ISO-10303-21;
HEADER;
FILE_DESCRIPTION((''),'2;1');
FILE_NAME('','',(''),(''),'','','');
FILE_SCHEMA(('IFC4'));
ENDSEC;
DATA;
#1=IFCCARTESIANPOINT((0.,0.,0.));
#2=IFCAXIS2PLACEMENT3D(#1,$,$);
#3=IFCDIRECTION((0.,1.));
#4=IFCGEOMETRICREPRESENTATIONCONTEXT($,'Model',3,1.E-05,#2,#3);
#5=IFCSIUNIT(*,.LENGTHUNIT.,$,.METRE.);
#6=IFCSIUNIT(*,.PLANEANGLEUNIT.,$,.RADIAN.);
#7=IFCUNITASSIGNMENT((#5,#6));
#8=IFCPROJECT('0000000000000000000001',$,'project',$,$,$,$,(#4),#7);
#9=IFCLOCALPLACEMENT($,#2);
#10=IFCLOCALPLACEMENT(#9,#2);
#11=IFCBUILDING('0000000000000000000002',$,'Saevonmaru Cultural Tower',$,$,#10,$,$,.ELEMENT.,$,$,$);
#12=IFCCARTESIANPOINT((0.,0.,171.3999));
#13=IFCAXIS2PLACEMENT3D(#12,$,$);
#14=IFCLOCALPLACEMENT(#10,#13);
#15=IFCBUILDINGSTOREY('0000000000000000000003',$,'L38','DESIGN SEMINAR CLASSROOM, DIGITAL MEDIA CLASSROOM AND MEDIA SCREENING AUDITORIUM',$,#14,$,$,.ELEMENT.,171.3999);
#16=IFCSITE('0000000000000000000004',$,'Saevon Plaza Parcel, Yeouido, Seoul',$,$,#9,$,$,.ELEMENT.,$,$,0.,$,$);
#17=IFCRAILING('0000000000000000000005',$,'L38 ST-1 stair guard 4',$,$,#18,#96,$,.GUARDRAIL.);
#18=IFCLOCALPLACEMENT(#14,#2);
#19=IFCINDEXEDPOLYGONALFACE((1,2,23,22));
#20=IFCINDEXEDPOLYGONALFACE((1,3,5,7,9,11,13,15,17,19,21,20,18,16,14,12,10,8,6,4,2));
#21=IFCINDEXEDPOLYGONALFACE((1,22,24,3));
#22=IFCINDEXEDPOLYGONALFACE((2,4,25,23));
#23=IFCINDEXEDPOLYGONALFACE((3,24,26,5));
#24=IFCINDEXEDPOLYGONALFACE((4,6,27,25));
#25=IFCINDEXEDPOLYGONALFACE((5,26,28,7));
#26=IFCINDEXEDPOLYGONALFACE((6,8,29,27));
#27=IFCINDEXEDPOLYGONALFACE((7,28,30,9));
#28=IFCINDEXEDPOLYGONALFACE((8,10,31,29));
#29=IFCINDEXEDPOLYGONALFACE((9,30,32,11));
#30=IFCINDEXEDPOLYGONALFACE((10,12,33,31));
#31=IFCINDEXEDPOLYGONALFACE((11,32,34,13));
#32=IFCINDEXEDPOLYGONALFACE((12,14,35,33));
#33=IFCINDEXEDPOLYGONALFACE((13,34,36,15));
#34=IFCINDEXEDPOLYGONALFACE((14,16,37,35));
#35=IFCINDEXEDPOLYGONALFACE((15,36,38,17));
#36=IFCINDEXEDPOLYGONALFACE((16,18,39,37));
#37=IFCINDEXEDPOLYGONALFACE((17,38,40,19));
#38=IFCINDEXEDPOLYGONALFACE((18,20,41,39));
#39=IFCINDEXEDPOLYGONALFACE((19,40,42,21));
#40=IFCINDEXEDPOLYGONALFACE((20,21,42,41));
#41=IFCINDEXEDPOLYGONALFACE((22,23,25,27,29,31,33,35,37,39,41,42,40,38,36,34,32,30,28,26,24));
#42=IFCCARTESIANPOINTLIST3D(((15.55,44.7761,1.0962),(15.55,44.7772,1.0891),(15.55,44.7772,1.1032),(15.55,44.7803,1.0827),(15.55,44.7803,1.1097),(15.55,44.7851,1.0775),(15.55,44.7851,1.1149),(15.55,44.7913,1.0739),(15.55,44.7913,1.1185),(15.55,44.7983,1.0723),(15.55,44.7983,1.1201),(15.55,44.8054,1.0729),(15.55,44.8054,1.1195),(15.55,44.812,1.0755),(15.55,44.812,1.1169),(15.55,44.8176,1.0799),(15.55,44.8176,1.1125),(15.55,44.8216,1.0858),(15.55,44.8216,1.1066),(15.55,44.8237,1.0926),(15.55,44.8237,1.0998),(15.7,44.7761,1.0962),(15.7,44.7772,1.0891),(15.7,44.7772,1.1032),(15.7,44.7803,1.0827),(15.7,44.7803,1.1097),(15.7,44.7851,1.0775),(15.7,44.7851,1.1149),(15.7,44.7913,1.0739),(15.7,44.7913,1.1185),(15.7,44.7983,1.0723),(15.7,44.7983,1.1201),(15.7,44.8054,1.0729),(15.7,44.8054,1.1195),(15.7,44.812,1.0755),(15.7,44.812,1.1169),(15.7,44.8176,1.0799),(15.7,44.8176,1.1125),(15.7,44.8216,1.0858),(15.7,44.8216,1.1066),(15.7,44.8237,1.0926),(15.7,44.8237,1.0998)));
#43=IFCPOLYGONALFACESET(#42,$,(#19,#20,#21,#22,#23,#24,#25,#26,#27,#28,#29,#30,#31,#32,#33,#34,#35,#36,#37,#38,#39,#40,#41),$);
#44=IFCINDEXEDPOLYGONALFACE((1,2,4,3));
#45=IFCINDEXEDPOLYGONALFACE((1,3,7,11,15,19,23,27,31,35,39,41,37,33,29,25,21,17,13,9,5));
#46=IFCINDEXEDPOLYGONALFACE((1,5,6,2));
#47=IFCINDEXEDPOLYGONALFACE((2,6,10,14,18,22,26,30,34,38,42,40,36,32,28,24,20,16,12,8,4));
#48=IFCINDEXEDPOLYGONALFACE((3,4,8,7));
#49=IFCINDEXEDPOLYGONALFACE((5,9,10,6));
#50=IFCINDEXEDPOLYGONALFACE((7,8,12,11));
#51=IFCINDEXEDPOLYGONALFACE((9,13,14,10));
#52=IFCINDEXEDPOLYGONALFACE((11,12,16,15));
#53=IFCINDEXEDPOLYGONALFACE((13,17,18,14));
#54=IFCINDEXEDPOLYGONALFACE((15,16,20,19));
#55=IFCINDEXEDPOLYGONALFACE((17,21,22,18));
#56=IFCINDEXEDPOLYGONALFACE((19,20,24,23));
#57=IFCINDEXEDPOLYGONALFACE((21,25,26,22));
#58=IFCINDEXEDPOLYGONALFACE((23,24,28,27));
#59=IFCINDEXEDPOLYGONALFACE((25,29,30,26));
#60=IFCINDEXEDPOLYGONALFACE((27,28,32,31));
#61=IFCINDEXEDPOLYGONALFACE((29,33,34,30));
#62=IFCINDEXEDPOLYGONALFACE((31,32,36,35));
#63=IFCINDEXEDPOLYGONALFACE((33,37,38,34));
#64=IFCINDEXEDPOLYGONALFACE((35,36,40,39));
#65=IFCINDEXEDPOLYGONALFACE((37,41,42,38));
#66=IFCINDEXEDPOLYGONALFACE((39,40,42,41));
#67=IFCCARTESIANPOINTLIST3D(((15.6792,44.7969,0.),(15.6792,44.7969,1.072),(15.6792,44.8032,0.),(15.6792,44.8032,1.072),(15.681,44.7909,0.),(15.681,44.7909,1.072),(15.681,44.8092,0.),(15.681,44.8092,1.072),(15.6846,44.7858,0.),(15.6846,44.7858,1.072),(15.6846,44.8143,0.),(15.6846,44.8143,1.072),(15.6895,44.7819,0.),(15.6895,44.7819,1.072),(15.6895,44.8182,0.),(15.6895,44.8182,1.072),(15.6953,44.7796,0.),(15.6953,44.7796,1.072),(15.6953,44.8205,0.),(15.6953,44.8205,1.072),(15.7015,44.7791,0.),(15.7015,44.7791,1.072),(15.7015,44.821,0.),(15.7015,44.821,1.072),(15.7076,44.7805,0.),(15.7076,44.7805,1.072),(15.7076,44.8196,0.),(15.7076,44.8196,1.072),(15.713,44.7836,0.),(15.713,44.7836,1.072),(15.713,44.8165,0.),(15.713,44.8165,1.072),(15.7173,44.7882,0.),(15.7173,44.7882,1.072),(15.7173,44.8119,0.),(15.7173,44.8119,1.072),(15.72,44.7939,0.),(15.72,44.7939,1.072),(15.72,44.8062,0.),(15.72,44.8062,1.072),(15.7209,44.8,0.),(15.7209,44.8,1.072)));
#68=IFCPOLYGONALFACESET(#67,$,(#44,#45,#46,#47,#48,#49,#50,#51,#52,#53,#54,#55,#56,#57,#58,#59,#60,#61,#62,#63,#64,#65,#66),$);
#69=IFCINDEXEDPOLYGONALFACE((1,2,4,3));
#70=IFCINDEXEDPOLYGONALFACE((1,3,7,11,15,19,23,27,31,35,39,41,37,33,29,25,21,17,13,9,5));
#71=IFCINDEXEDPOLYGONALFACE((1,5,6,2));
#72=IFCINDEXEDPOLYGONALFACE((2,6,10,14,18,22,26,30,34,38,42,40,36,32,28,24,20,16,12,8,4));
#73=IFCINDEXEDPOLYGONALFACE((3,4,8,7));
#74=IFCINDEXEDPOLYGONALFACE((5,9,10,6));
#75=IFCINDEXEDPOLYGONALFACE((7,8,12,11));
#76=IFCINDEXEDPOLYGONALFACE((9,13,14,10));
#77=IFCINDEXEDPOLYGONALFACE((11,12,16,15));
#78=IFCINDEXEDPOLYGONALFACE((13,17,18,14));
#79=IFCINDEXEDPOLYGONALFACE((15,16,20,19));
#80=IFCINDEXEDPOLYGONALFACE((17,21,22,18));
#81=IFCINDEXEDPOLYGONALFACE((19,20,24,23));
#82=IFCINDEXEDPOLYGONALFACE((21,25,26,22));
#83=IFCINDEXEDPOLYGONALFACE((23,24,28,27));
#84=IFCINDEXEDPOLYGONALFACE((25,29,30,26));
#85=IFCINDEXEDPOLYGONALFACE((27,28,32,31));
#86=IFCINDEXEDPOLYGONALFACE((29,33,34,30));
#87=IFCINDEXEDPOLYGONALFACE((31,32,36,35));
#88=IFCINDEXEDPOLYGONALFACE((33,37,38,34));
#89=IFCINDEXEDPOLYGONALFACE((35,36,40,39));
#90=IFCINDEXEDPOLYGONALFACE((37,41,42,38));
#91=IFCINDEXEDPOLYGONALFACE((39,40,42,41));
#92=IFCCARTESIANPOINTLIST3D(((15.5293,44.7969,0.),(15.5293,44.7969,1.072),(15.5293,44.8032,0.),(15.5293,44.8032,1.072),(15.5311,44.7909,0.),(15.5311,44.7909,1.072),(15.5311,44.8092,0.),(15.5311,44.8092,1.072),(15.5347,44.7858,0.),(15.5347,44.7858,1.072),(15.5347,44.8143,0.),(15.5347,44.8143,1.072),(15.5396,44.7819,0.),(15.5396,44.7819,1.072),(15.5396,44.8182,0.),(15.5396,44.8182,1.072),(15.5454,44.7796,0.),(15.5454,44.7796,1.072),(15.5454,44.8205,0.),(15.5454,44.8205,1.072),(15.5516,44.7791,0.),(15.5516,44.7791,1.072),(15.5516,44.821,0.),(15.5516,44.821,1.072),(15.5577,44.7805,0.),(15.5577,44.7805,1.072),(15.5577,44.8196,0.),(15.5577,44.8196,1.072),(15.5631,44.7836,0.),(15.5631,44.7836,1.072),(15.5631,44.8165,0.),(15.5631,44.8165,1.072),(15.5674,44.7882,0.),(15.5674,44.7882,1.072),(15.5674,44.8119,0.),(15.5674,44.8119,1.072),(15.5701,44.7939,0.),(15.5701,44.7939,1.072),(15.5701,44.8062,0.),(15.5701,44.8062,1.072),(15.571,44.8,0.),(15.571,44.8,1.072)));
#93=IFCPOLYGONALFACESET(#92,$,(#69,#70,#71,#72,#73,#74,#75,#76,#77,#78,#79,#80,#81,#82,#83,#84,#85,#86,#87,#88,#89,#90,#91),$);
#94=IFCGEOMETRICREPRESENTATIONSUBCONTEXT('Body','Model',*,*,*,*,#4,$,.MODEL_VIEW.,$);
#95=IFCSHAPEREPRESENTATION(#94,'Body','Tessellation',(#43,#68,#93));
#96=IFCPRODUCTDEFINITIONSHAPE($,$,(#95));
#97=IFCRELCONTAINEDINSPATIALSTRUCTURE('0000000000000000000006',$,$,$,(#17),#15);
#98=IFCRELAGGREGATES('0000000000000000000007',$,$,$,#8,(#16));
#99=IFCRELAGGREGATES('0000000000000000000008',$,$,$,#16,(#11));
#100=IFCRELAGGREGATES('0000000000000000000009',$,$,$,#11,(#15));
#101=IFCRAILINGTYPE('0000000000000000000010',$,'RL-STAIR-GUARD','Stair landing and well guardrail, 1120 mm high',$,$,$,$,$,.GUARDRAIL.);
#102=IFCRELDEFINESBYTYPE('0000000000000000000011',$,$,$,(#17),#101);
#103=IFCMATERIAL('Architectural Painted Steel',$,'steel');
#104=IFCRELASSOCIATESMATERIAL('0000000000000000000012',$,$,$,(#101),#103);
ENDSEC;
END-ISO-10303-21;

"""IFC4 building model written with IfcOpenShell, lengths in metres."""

from ifc_helpers import new_model, si_unit, direction, frame, origin, origin_2d, place, context, subcontext, project, spatial, circle, extrude, material, type_object, element, save


model = new_model("IFC4")

# Units and contexts
model_context = context("Model", 3, precision=1e-05, world=origin(), true_north=direction((0.0, 1.0)))
body_context = subcontext(model_context, "Body", "Model", "MODEL_VIEW")
ifc_project = project(units=[si_unit("LENGTHUNIT", "METRE"), si_unit("PLANEANGLEUNIT", "RADIAN")], contexts=[model_context])

# Site, building, storey
site_placement = place(None, origin())
site = spatial("IfcSite", under=ifc_project, at=site_placement, Name="Saevon Plaza Parcel, Yeouido, Seoul", CompositionType="ELEMENT", RefElevation=0.0)
building_placement = place(site_placement, origin())
building = spatial("IfcBuilding", under=site, at=building_placement, Name="Saevonmaru Cultural Tower", CompositionType="ELEMENT")
storey_placement = place(building_placement, frame((0.0, 0.0, 171.3999)))
storey = spatial("IfcBuildingStorey", under=building, at=storey_placement, Name="L38", Description="DESIGN SEMINAR CLASSROOM, DIGITAL MEDIA CLASSROOM AND MEDIA SCREENING AUDITORIUM", CompositionType="ELEMENT", Elevation=171.3999)

# Railing
ifc_material_1 = material(Name="Architectural Painted Steel", Category="steel")
railing_type_1 = type_object("IfcRailingType", Name="RL-STAIR-GUARD", Description="Stair landing and well guardrail, 1120 mm high", PredefinedType="GUARDRAIL", material=ifc_material_1)
railing_1_placement = place(storey_placement, frame((15.7, 44.8, 0.0)))
element("IfcRailing", 1, at=railing_1_placement, inside=storey, type_object=railing_type_1, Name="L38 ST-1 stair guard 4", PredefinedType="GUARDRAIL", context=body_context, shape_type="SweptSolid", body=[
    extrude(circle(Radius=0.0239, at=origin_2d()), frame((0.0, 0.0, 1.0962), z_axis=(-1.0, 0.0, 0.0), x_axis=(0.0, -1.0, 0.0)), (0.0, 0.0, 1.0), 0.1499),
    extrude(circle(Radius=0.021, at=origin_2d()), origin(), (0.0, 0.0, 1.0), 1.072),
    extrude(circle(Radius=0.021, at=origin_2d()), frame((-0.1499, 0.0, 0.0)), (0.0, 0.0, 1.0), 1.072),
])

save(model, "model.ifc")
